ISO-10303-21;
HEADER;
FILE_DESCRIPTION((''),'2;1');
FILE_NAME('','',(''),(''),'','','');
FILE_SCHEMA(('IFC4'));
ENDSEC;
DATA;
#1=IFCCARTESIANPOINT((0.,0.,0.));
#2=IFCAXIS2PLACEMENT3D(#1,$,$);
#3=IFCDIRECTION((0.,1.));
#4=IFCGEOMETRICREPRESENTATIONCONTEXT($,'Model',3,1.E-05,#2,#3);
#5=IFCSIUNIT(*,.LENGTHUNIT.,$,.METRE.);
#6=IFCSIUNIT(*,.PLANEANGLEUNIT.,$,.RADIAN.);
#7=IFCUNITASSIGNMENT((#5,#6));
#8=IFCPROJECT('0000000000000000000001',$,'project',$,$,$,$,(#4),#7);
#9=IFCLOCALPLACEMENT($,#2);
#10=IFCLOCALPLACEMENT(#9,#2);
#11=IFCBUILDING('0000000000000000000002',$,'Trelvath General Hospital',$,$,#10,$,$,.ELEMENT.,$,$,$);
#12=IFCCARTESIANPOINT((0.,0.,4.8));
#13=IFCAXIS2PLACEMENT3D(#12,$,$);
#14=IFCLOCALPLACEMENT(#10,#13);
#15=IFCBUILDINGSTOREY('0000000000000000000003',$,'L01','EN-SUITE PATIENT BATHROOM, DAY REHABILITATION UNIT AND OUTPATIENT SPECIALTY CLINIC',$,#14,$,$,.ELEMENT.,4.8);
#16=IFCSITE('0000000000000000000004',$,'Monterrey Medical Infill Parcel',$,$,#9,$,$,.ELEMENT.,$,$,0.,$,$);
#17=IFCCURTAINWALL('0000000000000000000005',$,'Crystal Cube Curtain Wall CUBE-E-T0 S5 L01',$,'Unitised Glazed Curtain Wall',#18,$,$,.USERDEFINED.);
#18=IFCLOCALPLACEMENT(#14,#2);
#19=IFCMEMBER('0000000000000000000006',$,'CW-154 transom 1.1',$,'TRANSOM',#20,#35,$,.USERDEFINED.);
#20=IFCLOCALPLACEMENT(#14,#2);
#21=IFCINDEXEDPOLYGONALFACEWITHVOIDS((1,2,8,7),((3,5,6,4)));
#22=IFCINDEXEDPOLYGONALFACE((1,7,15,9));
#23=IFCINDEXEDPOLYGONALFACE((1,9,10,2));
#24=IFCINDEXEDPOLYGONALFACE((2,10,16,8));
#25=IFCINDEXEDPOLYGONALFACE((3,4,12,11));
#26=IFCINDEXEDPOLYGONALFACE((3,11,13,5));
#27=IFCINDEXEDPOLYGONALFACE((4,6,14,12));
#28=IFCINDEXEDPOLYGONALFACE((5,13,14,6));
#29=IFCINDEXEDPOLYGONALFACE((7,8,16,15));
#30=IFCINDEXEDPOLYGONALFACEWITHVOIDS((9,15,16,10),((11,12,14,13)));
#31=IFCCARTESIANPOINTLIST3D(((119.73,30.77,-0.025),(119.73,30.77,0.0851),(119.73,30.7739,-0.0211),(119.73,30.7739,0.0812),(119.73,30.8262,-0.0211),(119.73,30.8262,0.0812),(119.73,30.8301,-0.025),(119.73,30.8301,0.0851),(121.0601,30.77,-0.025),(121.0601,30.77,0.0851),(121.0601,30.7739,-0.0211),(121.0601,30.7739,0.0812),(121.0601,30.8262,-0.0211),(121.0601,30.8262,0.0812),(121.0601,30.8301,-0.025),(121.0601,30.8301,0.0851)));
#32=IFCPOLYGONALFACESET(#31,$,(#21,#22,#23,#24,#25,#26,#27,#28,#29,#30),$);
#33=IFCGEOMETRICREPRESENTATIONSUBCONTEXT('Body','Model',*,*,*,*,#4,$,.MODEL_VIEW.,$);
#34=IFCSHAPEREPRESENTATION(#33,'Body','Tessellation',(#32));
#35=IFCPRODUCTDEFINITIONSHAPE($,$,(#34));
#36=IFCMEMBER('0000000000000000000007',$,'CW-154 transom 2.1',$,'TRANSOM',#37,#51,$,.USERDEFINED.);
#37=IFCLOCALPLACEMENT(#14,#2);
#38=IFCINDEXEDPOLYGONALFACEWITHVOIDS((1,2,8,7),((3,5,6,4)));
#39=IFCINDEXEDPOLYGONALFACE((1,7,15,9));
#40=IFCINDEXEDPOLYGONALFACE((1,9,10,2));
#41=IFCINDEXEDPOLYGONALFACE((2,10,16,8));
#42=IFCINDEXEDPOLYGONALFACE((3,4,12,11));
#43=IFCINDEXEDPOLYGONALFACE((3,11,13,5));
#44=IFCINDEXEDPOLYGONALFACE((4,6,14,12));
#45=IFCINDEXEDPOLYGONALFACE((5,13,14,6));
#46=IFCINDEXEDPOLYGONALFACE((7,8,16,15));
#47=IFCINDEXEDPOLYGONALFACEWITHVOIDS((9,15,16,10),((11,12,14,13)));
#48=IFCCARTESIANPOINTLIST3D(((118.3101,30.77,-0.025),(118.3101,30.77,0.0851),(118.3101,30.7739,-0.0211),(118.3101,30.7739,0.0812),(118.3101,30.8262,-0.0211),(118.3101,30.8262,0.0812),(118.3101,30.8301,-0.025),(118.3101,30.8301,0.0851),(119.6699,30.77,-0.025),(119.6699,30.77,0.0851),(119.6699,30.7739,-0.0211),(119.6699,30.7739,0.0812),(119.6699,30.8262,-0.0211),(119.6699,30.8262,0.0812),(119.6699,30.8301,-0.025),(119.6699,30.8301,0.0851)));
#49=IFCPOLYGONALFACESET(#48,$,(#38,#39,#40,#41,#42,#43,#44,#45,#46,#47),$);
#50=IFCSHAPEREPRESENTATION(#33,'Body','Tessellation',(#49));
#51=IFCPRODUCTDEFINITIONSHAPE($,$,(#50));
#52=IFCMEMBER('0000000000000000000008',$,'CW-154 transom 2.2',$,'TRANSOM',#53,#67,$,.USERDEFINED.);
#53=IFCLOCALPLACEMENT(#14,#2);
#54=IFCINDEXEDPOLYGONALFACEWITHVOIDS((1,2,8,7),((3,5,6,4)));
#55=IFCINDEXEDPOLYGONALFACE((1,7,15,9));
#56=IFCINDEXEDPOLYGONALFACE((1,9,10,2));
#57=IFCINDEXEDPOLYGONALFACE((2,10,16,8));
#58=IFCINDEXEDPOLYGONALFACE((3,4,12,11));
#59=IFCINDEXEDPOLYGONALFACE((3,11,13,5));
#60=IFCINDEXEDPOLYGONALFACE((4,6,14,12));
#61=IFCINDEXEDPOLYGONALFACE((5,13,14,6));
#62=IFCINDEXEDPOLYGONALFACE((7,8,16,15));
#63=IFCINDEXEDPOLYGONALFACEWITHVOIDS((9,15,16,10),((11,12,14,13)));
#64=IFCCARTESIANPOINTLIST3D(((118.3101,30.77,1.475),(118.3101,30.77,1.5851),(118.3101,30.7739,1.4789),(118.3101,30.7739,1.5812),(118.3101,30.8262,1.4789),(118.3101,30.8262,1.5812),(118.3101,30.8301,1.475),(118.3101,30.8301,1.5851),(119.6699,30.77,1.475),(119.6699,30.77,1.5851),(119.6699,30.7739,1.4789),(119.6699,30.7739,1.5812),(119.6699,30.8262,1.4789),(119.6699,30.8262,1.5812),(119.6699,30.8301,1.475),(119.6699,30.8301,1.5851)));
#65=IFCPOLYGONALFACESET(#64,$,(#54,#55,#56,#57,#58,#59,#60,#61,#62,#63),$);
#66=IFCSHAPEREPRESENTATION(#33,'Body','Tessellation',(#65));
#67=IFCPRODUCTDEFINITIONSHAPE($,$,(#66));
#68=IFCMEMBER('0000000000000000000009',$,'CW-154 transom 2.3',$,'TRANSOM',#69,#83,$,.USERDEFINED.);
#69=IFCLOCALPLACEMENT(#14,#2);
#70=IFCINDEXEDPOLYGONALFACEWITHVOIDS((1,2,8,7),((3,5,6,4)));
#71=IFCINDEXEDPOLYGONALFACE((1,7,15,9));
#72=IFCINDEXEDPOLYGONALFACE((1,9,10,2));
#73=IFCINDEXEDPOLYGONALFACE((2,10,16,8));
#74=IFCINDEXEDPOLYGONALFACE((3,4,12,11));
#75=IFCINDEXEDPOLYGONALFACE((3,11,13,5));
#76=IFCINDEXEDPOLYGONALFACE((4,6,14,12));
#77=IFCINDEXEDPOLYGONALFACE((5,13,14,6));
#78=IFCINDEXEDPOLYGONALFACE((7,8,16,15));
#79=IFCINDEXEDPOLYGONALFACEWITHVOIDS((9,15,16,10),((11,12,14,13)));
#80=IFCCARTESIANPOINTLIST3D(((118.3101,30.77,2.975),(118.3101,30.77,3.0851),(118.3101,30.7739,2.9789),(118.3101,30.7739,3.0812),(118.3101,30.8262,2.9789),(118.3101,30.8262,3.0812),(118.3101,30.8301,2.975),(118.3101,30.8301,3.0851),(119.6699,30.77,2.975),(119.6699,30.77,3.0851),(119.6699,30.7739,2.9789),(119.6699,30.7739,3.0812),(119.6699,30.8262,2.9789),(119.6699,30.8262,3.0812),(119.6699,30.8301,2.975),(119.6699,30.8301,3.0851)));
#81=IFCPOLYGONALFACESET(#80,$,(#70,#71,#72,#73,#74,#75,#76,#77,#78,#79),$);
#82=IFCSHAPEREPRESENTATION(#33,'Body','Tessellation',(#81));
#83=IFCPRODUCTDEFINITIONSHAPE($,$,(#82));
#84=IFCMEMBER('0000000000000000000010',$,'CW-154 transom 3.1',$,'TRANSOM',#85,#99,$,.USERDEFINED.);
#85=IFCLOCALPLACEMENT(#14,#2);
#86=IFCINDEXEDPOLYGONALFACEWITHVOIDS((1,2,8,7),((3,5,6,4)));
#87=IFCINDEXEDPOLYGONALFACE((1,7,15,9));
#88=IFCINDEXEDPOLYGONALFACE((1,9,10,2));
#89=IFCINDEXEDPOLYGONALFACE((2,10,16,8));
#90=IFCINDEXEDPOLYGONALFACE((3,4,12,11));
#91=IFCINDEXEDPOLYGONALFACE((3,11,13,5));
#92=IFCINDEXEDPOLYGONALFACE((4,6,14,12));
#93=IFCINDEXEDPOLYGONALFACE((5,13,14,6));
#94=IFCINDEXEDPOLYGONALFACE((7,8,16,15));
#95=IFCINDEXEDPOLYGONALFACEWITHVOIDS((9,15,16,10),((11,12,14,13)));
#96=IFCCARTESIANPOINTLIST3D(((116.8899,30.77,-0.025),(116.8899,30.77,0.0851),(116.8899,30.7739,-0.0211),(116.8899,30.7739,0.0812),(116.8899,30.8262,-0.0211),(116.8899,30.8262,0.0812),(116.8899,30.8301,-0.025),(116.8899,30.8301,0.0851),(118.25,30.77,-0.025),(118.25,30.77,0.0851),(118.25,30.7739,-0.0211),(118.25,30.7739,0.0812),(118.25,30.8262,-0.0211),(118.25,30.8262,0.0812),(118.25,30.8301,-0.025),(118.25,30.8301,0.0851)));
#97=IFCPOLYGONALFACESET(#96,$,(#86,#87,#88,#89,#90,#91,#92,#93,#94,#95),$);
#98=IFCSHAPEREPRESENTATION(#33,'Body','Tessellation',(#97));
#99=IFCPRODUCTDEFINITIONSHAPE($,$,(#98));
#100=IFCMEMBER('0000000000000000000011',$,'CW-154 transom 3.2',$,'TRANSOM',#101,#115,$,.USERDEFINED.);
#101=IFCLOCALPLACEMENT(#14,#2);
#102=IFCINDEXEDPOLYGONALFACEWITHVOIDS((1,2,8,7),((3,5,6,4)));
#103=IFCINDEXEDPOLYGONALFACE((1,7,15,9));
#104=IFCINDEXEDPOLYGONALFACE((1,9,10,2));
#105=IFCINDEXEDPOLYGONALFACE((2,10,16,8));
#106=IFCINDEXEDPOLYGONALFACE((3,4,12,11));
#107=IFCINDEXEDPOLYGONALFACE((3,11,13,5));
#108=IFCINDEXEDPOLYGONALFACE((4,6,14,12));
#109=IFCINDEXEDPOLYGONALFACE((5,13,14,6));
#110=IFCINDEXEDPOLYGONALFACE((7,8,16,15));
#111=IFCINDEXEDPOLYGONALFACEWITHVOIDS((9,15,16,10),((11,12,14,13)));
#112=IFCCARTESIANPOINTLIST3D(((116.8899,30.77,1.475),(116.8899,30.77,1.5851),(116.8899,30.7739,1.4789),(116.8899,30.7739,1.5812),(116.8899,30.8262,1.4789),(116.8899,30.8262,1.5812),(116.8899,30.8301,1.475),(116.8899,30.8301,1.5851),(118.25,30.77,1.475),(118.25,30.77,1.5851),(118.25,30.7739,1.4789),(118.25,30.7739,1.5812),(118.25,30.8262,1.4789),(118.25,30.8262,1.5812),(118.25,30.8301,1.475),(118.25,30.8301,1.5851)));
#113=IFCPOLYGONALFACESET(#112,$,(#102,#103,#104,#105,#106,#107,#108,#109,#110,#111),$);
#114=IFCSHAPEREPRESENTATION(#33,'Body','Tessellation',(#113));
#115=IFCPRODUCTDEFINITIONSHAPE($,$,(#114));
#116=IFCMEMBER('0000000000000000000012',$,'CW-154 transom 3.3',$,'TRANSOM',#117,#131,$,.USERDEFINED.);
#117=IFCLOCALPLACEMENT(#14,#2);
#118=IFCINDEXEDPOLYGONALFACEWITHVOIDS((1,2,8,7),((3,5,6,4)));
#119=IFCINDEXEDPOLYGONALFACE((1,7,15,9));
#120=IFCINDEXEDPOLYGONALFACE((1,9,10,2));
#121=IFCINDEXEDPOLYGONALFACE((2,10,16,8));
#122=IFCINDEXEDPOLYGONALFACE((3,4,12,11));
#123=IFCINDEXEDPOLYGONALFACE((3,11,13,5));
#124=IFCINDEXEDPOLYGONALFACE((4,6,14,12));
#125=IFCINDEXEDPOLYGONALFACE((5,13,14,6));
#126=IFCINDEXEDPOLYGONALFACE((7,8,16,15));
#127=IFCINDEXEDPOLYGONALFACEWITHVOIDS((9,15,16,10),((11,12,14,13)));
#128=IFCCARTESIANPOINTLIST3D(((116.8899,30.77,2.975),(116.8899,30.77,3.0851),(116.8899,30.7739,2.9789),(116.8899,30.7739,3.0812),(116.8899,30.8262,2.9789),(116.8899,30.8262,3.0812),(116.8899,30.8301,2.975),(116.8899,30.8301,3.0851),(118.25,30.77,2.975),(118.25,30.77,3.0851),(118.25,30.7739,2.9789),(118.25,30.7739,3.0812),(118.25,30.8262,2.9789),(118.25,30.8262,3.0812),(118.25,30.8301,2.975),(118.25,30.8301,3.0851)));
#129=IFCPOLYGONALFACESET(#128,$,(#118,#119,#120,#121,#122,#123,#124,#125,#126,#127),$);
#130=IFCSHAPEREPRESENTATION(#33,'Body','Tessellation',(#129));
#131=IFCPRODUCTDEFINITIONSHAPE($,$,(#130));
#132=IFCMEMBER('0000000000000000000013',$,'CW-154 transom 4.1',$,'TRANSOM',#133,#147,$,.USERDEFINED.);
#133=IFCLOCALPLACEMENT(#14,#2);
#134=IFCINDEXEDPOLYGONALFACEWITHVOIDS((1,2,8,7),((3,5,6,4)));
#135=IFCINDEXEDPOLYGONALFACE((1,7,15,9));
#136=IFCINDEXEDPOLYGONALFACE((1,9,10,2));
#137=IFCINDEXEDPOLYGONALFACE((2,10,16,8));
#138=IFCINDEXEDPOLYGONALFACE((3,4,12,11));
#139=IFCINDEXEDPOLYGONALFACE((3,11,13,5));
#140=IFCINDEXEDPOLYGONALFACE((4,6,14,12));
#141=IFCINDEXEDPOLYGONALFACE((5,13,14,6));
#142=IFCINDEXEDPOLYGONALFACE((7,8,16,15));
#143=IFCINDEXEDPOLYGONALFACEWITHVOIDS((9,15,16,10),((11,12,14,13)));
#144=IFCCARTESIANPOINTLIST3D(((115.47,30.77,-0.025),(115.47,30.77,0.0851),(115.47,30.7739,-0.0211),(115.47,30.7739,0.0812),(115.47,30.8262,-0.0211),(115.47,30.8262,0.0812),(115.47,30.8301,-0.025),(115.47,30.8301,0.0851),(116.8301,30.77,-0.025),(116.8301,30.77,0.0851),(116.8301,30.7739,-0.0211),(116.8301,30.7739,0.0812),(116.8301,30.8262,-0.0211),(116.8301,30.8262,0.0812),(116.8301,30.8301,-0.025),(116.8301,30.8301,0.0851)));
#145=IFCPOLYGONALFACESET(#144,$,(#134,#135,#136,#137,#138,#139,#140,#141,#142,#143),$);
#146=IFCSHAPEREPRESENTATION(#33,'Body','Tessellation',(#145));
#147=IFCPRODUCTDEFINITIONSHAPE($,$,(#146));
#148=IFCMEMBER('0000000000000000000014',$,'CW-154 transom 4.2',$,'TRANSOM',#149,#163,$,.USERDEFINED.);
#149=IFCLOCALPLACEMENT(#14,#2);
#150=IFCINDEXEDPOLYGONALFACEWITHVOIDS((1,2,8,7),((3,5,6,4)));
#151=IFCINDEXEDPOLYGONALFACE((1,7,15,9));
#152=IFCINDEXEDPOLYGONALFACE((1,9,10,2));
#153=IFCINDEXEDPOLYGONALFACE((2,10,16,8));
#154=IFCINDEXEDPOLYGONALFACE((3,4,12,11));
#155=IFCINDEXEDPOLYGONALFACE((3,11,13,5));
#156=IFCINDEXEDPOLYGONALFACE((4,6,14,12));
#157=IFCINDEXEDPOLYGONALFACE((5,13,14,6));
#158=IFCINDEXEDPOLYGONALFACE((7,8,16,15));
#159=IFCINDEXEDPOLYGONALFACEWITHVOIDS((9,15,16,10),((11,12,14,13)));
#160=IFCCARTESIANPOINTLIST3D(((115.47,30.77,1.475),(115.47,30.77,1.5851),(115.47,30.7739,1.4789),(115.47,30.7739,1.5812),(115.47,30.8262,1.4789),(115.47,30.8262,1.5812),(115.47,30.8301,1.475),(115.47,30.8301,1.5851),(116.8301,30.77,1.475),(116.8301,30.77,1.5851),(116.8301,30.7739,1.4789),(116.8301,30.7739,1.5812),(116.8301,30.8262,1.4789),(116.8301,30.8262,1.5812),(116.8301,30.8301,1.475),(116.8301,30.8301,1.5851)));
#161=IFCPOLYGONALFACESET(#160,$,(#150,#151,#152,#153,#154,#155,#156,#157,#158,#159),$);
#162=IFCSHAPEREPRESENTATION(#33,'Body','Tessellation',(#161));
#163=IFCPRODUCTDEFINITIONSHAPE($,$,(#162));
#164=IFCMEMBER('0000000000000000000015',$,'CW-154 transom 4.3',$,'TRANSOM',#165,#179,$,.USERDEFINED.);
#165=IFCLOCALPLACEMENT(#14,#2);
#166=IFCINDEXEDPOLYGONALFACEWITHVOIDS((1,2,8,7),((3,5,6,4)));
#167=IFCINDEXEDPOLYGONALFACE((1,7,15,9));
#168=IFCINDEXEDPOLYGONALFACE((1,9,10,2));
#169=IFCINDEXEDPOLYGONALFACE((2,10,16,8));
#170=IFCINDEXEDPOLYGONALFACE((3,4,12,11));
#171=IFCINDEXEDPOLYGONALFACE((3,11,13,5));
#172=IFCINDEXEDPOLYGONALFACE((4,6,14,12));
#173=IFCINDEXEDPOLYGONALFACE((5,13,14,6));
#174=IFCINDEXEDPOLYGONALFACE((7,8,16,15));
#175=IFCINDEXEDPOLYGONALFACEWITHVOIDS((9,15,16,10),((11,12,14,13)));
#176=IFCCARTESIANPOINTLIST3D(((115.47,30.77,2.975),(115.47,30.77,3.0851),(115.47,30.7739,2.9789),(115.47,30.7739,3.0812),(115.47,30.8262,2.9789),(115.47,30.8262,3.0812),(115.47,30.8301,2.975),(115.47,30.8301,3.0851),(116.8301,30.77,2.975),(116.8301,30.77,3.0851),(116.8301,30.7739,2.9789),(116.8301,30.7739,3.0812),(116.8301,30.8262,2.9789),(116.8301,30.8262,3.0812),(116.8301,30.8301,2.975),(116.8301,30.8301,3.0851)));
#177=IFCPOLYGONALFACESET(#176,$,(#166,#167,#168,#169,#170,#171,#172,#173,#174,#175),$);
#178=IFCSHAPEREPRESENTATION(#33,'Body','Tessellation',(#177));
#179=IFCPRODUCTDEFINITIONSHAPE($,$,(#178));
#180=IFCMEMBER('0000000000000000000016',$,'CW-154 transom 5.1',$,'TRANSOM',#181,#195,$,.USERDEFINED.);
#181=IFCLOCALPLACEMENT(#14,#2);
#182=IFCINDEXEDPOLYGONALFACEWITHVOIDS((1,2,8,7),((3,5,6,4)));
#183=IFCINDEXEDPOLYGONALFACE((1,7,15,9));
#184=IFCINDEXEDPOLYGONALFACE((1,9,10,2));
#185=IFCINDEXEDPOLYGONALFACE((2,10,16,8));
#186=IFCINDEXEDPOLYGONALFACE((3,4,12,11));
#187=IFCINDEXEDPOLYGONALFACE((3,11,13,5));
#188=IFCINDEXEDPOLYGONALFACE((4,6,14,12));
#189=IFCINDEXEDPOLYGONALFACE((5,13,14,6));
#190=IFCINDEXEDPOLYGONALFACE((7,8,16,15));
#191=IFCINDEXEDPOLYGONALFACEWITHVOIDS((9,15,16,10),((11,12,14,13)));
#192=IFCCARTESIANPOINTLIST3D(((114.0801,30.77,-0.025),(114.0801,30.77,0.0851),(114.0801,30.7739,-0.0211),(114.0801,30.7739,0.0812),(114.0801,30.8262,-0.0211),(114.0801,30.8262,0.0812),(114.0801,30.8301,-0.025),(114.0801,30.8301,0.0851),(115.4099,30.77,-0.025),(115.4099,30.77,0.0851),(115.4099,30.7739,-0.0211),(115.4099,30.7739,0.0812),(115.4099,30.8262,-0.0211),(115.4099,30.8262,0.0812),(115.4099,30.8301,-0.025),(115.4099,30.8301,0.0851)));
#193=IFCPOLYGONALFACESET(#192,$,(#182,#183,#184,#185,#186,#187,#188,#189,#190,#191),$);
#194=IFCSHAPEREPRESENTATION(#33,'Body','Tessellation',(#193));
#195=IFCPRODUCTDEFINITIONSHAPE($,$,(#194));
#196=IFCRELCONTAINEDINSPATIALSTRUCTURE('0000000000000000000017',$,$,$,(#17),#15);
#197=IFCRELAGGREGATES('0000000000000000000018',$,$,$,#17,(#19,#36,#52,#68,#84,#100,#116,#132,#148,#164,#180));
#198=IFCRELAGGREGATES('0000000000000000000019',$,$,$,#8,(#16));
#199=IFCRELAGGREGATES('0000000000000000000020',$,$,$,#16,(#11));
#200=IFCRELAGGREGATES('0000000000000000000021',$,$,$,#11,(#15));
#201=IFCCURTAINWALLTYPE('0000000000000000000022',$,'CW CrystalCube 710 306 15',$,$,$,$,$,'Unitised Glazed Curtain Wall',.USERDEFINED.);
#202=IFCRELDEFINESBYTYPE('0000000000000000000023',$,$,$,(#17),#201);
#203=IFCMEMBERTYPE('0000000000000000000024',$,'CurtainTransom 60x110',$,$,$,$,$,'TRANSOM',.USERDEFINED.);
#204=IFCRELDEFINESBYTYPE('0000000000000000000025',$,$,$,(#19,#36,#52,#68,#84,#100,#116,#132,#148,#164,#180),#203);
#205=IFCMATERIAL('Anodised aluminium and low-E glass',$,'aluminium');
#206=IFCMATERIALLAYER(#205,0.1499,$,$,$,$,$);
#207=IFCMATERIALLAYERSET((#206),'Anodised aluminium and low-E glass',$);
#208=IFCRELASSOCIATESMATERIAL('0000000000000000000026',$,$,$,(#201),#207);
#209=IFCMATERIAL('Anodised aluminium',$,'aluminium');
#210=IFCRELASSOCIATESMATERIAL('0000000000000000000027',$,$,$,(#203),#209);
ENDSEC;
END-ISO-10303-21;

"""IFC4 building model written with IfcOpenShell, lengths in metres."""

from ifc_helpers import new_model, si_unit, direction, frame, origin, origin_2d, place, context, subcontext, project, spatial, hollow_rectangle, extrude, material, layer, layer_set, material_profile, profile_set, type_object, element, aggregate, save


model = new_model("IFC4")

# Units and contexts
model_context = context("Model", 3, precision=1e-05, world=origin(), true_north=direction((0.0, 1.0)))
body_context = subcontext(model_context, "Body", "Model", "MODEL_VIEW")
ifc_project = project(units=[si_unit("LENGTHUNIT", "METRE"), si_unit("PLANEANGLEUNIT", "RADIAN")], contexts=[model_context])

# Site, building, storey
site_placement = place(None, origin())
site = spatial("IfcSite", under=ifc_project, at=site_placement, Name="Monterrey Medical Infill Parcel", CompositionType="ELEMENT", RefElevation=0.0)
building_placement = place(site_placement, origin())
building = spatial("IfcBuilding", under=site, at=building_placement, Name="Trelvath General Hospital", CompositionType="ELEMENT")
storey_placement = place(building_placement, frame((0.0, 0.0, 4.8)))
storey = spatial("IfcBuildingStorey", under=building, at=storey_placement, Name="L01", Description="EN-SUITE PATIENT BATHROOM, DAY REHABILITATION UNIT AND OUTPATIENT SPECIALTY CLINIC", CompositionType="ELEMENT", Elevation=4.8)

# Curtain wall
ifc_material_1 = material(Name="Anodised aluminium and low-E glass", Category="aluminium")
ifc_layer_1 = layer(ifc_material_1, 0.1499)
ifc_layer_set_1 = layer_set([ifc_layer_1], Name="Anodised aluminium and low-E glass")
curtain_wall_type_1 = type_object("IfcCurtainWallType", Name="CW CrystalCube 710 306 15", ElementType="Unitised Glazed Curtain Wall", PredefinedType="USERDEFINED", material=ifc_layer_set_1)
curtain_wall_1_placement = place(storey_placement, origin())
curtain_wall_1 = element("IfcCurtainWall", 1, at=curtain_wall_1_placement, inside=storey, type_object=curtain_wall_type_1, Name="Crystal Cube Curtain Wall CUBE-E-T0 S5 L01", ObjectType="Unitised Glazed Curtain Wall", PredefinedType="USERDEFINED")

# Members
ifc_material_2 = material(Name="Anodised aluminium", Category="aluminium")
ifc_material_profile_1 = material_profile(ifc_material_2, hollow_rectangle(XDim=0.0601, YDim=0.1101, WallThickness=0.0039, at=origin_2d()), Name="RHS60x110x4")
ifc_profile_set_1 = profile_set([ifc_material_profile_1], Name="Anodised aluminium")
member_type_1 = type_object("IfcMemberType", Name="CurtainTransom 60x110", ElementType="TRANSOM", PredefinedType="USERDEFINED", material=ifc_profile_set_1)
member_1_placement = place(storey_placement, frame((121.0601, 30.8, 0.03), z_axis=(-1.0, 0.0, 0.0), x_axis=(0.0, -1.0, 0.0)))
member_1 = element("IfcMember", 2, at=member_1_placement, type_object=member_type_1, Name="CW-154 transom 1.1", ObjectType="TRANSOM", PredefinedType="USERDEFINED", context=body_context, shape_type="SweptSolid", body=[
    extrude(hollow_rectangle(XDim=0.0601, YDim=0.1101, WallThickness=0.0039, at=origin_2d()), origin(), (0.0, 0.0, 1.0), 1.3301),
])
member_2_placement = place(storey_placement, frame((119.6699, 30.8, 0.03), z_axis=(-1.0, 0.0, 0.0), x_axis=(0.0, -1.0, 0.0)))
member_2 = element("IfcMember", 3, at=member_2_placement, type_object=member_type_1, Name="CW-154 transom 2.1", ObjectType="TRANSOM", PredefinedType="USERDEFINED", context=body_context, shape_type="SweptSolid", body=[
    extrude(hollow_rectangle(XDim=0.0601, YDim=0.1101, WallThickness=0.0039, at=origin_2d()), origin(), (0.0, 0.0, 1.0), 1.3599),
])
member_3_placement = place(storey_placement, frame((119.6699, 30.8, 1.53), z_axis=(-1.0, 0.0, 0.0), x_axis=(0.0, -1.0, 0.0)))
member_3 = element("IfcMember", 4, at=member_3_placement, type_object=member_type_1, Name="CW-154 transom 2.2", ObjectType="TRANSOM", PredefinedType="USERDEFINED", context=body_context, shape_type="SweptSolid", body=[
    extrude(hollow_rectangle(XDim=0.0601, YDim=0.1101, WallThickness=0.0039, at=origin_2d()), origin(), (0.0, 0.0, 1.0), 1.3599),
])
member_4_placement = place(storey_placement, frame((119.6699, 30.8, 3.03), z_axis=(-1.0, 0.0, 0.0), x_axis=(0.0, -1.0, 0.0)))
member_4 = element("IfcMember", 5, at=member_4_placement, type_object=member_type_1, Name="CW-154 transom 2.3", ObjectType="TRANSOM", PredefinedType="USERDEFINED", context=body_context, shape_type="SweptSolid", body=[
    extrude(hollow_rectangle(XDim=0.0601, YDim=0.1101, WallThickness=0.0039, at=origin_2d()), origin(), (0.0, 0.0, 1.0), 1.3599),
])
member_5_placement = place(storey_placement, frame((118.25, 30.8, 0.03), z_axis=(-1.0, 0.0, 0.0), x_axis=(0.0, -1.0, 0.0)))
member_5 = element("IfcMember", 6, at=member_5_placement, type_object=member_type_1, Name="CW-154 transom 3.1", ObjectType="TRANSOM", PredefinedType="USERDEFINED", context=body_context, shape_type="SweptSolid", body=[
    extrude(hollow_rectangle(XDim=0.0601, YDim=0.1101, WallThickness=0.0039, at=origin_2d()), origin(), (0.0, 0.0, 1.0), 1.3601),
])
member_6_placement = place(storey_placement, frame((118.25, 30.8, 1.53), z_axis=(-1.0, 0.0, 0.0), x_axis=(0.0, -1.0, 0.0)))
member_6 = element("IfcMember", 7, at=member_6_placement, type_object=member_type_1, Name="CW-154 transom 3.2", ObjectType="TRANSOM", PredefinedType="USERDEFINED", context=body_context, shape_type="SweptSolid", body=[
    extrude(hollow_rectangle(XDim=0.0601, YDim=0.1101, WallThickness=0.0039, at=origin_2d()), origin(), (0.0, 0.0, 1.0), 1.3601),
])
member_7_placement = place(storey_placement, frame((118.25, 30.8, 3.03), z_axis=(-1.0, 0.0, 0.0), x_axis=(0.0, -1.0, 0.0)))
member_7 = element("IfcMember", 8, at=member_7_placement, type_object=member_type_1, Name="CW-154 transom 3.3", ObjectType="TRANSOM", PredefinedType="USERDEFINED", context=body_context, shape_type="SweptSolid", body=[
    extrude(hollow_rectangle(XDim=0.0601, YDim=0.1101, WallThickness=0.0039, at=origin_2d()), origin(), (0.0, 0.0, 1.0), 1.3601),
])
member_8_placement = place(storey_placement, frame((116.8301, 30.8, 0.03), z_axis=(-1.0, 0.0, 0.0), x_axis=(0.0, -1.0, 0.0)))
member_8 = element("IfcMember", 9, at=member_8_placement, type_object=member_type_1, Name="CW-154 transom 4.1", ObjectType="TRANSOM", PredefinedType="USERDEFINED", context=body_context, shape_type="SweptSolid", body=[
    extrude(hollow_rectangle(XDim=0.0601, YDim=0.1101, WallThickness=0.0039, at=origin_2d()), origin(), (0.0, 0.0, 1.0), 1.3601),
])
member_9_placement = place(storey_placement, frame((116.8301, 30.8, 1.53), z_axis=(-1.0, 0.0, 0.0), x_axis=(0.0, -1.0, 0.0)))
member_9 = element("IfcMember", 10, at=member_9_placement, type_object=member_type_1, Name="CW-154 transom 4.2", ObjectType="TRANSOM", PredefinedType="USERDEFINED", context=body_context, shape_type="SweptSolid", body=[
    extrude(hollow_rectangle(XDim=0.0601, YDim=0.1101, WallThickness=0.0039, at=origin_2d()), origin(), (0.0, 0.0, 1.0), 1.3601),
])
member_10_placement = place(storey_placement, frame((116.8301, 30.8, 3.03), z_axis=(-1.0, 0.0, 0.0), x_axis=(0.0, -1.0, 0.0)))
member_10 = element("IfcMember", 11, at=member_10_placement, type_object=member_type_1, Name="CW-154 transom 4.3", ObjectType="TRANSOM", PredefinedType="USERDEFINED", context=body_context, shape_type="SweptSolid", body=[
    extrude(hollow_rectangle(XDim=0.0601, YDim=0.1101, WallThickness=0.0039, at=origin_2d()), origin(), (0.0, 0.0, 1.0), 1.3601),
])
member_11_placement = place(storey_placement, frame((115.4099, 30.8, 0.03), z_axis=(-1.0, 0.0, 0.0), x_axis=(0.0, -1.0, 0.0)))
member_11 = element("IfcMember", 12, at=member_11_placement, type_object=member_type_1, Name="CW-154 transom 5.1", ObjectType="TRANSOM", PredefinedType="USERDEFINED", context=body_context, shape_type="SweptSolid", body=[
    extrude(hollow_rectangle(XDim=0.0601, YDim=0.1101, WallThickness=0.0039, at=origin_2d()), origin(), (0.0, 0.0, 1.0), 1.3298),
])

aggregate(curtain_wall_1, [member_1, member_2, member_3, member_4, member_5, member_6, member_7, member_8, member_9, member_10, member_11])

save(model, "model.ifc")
